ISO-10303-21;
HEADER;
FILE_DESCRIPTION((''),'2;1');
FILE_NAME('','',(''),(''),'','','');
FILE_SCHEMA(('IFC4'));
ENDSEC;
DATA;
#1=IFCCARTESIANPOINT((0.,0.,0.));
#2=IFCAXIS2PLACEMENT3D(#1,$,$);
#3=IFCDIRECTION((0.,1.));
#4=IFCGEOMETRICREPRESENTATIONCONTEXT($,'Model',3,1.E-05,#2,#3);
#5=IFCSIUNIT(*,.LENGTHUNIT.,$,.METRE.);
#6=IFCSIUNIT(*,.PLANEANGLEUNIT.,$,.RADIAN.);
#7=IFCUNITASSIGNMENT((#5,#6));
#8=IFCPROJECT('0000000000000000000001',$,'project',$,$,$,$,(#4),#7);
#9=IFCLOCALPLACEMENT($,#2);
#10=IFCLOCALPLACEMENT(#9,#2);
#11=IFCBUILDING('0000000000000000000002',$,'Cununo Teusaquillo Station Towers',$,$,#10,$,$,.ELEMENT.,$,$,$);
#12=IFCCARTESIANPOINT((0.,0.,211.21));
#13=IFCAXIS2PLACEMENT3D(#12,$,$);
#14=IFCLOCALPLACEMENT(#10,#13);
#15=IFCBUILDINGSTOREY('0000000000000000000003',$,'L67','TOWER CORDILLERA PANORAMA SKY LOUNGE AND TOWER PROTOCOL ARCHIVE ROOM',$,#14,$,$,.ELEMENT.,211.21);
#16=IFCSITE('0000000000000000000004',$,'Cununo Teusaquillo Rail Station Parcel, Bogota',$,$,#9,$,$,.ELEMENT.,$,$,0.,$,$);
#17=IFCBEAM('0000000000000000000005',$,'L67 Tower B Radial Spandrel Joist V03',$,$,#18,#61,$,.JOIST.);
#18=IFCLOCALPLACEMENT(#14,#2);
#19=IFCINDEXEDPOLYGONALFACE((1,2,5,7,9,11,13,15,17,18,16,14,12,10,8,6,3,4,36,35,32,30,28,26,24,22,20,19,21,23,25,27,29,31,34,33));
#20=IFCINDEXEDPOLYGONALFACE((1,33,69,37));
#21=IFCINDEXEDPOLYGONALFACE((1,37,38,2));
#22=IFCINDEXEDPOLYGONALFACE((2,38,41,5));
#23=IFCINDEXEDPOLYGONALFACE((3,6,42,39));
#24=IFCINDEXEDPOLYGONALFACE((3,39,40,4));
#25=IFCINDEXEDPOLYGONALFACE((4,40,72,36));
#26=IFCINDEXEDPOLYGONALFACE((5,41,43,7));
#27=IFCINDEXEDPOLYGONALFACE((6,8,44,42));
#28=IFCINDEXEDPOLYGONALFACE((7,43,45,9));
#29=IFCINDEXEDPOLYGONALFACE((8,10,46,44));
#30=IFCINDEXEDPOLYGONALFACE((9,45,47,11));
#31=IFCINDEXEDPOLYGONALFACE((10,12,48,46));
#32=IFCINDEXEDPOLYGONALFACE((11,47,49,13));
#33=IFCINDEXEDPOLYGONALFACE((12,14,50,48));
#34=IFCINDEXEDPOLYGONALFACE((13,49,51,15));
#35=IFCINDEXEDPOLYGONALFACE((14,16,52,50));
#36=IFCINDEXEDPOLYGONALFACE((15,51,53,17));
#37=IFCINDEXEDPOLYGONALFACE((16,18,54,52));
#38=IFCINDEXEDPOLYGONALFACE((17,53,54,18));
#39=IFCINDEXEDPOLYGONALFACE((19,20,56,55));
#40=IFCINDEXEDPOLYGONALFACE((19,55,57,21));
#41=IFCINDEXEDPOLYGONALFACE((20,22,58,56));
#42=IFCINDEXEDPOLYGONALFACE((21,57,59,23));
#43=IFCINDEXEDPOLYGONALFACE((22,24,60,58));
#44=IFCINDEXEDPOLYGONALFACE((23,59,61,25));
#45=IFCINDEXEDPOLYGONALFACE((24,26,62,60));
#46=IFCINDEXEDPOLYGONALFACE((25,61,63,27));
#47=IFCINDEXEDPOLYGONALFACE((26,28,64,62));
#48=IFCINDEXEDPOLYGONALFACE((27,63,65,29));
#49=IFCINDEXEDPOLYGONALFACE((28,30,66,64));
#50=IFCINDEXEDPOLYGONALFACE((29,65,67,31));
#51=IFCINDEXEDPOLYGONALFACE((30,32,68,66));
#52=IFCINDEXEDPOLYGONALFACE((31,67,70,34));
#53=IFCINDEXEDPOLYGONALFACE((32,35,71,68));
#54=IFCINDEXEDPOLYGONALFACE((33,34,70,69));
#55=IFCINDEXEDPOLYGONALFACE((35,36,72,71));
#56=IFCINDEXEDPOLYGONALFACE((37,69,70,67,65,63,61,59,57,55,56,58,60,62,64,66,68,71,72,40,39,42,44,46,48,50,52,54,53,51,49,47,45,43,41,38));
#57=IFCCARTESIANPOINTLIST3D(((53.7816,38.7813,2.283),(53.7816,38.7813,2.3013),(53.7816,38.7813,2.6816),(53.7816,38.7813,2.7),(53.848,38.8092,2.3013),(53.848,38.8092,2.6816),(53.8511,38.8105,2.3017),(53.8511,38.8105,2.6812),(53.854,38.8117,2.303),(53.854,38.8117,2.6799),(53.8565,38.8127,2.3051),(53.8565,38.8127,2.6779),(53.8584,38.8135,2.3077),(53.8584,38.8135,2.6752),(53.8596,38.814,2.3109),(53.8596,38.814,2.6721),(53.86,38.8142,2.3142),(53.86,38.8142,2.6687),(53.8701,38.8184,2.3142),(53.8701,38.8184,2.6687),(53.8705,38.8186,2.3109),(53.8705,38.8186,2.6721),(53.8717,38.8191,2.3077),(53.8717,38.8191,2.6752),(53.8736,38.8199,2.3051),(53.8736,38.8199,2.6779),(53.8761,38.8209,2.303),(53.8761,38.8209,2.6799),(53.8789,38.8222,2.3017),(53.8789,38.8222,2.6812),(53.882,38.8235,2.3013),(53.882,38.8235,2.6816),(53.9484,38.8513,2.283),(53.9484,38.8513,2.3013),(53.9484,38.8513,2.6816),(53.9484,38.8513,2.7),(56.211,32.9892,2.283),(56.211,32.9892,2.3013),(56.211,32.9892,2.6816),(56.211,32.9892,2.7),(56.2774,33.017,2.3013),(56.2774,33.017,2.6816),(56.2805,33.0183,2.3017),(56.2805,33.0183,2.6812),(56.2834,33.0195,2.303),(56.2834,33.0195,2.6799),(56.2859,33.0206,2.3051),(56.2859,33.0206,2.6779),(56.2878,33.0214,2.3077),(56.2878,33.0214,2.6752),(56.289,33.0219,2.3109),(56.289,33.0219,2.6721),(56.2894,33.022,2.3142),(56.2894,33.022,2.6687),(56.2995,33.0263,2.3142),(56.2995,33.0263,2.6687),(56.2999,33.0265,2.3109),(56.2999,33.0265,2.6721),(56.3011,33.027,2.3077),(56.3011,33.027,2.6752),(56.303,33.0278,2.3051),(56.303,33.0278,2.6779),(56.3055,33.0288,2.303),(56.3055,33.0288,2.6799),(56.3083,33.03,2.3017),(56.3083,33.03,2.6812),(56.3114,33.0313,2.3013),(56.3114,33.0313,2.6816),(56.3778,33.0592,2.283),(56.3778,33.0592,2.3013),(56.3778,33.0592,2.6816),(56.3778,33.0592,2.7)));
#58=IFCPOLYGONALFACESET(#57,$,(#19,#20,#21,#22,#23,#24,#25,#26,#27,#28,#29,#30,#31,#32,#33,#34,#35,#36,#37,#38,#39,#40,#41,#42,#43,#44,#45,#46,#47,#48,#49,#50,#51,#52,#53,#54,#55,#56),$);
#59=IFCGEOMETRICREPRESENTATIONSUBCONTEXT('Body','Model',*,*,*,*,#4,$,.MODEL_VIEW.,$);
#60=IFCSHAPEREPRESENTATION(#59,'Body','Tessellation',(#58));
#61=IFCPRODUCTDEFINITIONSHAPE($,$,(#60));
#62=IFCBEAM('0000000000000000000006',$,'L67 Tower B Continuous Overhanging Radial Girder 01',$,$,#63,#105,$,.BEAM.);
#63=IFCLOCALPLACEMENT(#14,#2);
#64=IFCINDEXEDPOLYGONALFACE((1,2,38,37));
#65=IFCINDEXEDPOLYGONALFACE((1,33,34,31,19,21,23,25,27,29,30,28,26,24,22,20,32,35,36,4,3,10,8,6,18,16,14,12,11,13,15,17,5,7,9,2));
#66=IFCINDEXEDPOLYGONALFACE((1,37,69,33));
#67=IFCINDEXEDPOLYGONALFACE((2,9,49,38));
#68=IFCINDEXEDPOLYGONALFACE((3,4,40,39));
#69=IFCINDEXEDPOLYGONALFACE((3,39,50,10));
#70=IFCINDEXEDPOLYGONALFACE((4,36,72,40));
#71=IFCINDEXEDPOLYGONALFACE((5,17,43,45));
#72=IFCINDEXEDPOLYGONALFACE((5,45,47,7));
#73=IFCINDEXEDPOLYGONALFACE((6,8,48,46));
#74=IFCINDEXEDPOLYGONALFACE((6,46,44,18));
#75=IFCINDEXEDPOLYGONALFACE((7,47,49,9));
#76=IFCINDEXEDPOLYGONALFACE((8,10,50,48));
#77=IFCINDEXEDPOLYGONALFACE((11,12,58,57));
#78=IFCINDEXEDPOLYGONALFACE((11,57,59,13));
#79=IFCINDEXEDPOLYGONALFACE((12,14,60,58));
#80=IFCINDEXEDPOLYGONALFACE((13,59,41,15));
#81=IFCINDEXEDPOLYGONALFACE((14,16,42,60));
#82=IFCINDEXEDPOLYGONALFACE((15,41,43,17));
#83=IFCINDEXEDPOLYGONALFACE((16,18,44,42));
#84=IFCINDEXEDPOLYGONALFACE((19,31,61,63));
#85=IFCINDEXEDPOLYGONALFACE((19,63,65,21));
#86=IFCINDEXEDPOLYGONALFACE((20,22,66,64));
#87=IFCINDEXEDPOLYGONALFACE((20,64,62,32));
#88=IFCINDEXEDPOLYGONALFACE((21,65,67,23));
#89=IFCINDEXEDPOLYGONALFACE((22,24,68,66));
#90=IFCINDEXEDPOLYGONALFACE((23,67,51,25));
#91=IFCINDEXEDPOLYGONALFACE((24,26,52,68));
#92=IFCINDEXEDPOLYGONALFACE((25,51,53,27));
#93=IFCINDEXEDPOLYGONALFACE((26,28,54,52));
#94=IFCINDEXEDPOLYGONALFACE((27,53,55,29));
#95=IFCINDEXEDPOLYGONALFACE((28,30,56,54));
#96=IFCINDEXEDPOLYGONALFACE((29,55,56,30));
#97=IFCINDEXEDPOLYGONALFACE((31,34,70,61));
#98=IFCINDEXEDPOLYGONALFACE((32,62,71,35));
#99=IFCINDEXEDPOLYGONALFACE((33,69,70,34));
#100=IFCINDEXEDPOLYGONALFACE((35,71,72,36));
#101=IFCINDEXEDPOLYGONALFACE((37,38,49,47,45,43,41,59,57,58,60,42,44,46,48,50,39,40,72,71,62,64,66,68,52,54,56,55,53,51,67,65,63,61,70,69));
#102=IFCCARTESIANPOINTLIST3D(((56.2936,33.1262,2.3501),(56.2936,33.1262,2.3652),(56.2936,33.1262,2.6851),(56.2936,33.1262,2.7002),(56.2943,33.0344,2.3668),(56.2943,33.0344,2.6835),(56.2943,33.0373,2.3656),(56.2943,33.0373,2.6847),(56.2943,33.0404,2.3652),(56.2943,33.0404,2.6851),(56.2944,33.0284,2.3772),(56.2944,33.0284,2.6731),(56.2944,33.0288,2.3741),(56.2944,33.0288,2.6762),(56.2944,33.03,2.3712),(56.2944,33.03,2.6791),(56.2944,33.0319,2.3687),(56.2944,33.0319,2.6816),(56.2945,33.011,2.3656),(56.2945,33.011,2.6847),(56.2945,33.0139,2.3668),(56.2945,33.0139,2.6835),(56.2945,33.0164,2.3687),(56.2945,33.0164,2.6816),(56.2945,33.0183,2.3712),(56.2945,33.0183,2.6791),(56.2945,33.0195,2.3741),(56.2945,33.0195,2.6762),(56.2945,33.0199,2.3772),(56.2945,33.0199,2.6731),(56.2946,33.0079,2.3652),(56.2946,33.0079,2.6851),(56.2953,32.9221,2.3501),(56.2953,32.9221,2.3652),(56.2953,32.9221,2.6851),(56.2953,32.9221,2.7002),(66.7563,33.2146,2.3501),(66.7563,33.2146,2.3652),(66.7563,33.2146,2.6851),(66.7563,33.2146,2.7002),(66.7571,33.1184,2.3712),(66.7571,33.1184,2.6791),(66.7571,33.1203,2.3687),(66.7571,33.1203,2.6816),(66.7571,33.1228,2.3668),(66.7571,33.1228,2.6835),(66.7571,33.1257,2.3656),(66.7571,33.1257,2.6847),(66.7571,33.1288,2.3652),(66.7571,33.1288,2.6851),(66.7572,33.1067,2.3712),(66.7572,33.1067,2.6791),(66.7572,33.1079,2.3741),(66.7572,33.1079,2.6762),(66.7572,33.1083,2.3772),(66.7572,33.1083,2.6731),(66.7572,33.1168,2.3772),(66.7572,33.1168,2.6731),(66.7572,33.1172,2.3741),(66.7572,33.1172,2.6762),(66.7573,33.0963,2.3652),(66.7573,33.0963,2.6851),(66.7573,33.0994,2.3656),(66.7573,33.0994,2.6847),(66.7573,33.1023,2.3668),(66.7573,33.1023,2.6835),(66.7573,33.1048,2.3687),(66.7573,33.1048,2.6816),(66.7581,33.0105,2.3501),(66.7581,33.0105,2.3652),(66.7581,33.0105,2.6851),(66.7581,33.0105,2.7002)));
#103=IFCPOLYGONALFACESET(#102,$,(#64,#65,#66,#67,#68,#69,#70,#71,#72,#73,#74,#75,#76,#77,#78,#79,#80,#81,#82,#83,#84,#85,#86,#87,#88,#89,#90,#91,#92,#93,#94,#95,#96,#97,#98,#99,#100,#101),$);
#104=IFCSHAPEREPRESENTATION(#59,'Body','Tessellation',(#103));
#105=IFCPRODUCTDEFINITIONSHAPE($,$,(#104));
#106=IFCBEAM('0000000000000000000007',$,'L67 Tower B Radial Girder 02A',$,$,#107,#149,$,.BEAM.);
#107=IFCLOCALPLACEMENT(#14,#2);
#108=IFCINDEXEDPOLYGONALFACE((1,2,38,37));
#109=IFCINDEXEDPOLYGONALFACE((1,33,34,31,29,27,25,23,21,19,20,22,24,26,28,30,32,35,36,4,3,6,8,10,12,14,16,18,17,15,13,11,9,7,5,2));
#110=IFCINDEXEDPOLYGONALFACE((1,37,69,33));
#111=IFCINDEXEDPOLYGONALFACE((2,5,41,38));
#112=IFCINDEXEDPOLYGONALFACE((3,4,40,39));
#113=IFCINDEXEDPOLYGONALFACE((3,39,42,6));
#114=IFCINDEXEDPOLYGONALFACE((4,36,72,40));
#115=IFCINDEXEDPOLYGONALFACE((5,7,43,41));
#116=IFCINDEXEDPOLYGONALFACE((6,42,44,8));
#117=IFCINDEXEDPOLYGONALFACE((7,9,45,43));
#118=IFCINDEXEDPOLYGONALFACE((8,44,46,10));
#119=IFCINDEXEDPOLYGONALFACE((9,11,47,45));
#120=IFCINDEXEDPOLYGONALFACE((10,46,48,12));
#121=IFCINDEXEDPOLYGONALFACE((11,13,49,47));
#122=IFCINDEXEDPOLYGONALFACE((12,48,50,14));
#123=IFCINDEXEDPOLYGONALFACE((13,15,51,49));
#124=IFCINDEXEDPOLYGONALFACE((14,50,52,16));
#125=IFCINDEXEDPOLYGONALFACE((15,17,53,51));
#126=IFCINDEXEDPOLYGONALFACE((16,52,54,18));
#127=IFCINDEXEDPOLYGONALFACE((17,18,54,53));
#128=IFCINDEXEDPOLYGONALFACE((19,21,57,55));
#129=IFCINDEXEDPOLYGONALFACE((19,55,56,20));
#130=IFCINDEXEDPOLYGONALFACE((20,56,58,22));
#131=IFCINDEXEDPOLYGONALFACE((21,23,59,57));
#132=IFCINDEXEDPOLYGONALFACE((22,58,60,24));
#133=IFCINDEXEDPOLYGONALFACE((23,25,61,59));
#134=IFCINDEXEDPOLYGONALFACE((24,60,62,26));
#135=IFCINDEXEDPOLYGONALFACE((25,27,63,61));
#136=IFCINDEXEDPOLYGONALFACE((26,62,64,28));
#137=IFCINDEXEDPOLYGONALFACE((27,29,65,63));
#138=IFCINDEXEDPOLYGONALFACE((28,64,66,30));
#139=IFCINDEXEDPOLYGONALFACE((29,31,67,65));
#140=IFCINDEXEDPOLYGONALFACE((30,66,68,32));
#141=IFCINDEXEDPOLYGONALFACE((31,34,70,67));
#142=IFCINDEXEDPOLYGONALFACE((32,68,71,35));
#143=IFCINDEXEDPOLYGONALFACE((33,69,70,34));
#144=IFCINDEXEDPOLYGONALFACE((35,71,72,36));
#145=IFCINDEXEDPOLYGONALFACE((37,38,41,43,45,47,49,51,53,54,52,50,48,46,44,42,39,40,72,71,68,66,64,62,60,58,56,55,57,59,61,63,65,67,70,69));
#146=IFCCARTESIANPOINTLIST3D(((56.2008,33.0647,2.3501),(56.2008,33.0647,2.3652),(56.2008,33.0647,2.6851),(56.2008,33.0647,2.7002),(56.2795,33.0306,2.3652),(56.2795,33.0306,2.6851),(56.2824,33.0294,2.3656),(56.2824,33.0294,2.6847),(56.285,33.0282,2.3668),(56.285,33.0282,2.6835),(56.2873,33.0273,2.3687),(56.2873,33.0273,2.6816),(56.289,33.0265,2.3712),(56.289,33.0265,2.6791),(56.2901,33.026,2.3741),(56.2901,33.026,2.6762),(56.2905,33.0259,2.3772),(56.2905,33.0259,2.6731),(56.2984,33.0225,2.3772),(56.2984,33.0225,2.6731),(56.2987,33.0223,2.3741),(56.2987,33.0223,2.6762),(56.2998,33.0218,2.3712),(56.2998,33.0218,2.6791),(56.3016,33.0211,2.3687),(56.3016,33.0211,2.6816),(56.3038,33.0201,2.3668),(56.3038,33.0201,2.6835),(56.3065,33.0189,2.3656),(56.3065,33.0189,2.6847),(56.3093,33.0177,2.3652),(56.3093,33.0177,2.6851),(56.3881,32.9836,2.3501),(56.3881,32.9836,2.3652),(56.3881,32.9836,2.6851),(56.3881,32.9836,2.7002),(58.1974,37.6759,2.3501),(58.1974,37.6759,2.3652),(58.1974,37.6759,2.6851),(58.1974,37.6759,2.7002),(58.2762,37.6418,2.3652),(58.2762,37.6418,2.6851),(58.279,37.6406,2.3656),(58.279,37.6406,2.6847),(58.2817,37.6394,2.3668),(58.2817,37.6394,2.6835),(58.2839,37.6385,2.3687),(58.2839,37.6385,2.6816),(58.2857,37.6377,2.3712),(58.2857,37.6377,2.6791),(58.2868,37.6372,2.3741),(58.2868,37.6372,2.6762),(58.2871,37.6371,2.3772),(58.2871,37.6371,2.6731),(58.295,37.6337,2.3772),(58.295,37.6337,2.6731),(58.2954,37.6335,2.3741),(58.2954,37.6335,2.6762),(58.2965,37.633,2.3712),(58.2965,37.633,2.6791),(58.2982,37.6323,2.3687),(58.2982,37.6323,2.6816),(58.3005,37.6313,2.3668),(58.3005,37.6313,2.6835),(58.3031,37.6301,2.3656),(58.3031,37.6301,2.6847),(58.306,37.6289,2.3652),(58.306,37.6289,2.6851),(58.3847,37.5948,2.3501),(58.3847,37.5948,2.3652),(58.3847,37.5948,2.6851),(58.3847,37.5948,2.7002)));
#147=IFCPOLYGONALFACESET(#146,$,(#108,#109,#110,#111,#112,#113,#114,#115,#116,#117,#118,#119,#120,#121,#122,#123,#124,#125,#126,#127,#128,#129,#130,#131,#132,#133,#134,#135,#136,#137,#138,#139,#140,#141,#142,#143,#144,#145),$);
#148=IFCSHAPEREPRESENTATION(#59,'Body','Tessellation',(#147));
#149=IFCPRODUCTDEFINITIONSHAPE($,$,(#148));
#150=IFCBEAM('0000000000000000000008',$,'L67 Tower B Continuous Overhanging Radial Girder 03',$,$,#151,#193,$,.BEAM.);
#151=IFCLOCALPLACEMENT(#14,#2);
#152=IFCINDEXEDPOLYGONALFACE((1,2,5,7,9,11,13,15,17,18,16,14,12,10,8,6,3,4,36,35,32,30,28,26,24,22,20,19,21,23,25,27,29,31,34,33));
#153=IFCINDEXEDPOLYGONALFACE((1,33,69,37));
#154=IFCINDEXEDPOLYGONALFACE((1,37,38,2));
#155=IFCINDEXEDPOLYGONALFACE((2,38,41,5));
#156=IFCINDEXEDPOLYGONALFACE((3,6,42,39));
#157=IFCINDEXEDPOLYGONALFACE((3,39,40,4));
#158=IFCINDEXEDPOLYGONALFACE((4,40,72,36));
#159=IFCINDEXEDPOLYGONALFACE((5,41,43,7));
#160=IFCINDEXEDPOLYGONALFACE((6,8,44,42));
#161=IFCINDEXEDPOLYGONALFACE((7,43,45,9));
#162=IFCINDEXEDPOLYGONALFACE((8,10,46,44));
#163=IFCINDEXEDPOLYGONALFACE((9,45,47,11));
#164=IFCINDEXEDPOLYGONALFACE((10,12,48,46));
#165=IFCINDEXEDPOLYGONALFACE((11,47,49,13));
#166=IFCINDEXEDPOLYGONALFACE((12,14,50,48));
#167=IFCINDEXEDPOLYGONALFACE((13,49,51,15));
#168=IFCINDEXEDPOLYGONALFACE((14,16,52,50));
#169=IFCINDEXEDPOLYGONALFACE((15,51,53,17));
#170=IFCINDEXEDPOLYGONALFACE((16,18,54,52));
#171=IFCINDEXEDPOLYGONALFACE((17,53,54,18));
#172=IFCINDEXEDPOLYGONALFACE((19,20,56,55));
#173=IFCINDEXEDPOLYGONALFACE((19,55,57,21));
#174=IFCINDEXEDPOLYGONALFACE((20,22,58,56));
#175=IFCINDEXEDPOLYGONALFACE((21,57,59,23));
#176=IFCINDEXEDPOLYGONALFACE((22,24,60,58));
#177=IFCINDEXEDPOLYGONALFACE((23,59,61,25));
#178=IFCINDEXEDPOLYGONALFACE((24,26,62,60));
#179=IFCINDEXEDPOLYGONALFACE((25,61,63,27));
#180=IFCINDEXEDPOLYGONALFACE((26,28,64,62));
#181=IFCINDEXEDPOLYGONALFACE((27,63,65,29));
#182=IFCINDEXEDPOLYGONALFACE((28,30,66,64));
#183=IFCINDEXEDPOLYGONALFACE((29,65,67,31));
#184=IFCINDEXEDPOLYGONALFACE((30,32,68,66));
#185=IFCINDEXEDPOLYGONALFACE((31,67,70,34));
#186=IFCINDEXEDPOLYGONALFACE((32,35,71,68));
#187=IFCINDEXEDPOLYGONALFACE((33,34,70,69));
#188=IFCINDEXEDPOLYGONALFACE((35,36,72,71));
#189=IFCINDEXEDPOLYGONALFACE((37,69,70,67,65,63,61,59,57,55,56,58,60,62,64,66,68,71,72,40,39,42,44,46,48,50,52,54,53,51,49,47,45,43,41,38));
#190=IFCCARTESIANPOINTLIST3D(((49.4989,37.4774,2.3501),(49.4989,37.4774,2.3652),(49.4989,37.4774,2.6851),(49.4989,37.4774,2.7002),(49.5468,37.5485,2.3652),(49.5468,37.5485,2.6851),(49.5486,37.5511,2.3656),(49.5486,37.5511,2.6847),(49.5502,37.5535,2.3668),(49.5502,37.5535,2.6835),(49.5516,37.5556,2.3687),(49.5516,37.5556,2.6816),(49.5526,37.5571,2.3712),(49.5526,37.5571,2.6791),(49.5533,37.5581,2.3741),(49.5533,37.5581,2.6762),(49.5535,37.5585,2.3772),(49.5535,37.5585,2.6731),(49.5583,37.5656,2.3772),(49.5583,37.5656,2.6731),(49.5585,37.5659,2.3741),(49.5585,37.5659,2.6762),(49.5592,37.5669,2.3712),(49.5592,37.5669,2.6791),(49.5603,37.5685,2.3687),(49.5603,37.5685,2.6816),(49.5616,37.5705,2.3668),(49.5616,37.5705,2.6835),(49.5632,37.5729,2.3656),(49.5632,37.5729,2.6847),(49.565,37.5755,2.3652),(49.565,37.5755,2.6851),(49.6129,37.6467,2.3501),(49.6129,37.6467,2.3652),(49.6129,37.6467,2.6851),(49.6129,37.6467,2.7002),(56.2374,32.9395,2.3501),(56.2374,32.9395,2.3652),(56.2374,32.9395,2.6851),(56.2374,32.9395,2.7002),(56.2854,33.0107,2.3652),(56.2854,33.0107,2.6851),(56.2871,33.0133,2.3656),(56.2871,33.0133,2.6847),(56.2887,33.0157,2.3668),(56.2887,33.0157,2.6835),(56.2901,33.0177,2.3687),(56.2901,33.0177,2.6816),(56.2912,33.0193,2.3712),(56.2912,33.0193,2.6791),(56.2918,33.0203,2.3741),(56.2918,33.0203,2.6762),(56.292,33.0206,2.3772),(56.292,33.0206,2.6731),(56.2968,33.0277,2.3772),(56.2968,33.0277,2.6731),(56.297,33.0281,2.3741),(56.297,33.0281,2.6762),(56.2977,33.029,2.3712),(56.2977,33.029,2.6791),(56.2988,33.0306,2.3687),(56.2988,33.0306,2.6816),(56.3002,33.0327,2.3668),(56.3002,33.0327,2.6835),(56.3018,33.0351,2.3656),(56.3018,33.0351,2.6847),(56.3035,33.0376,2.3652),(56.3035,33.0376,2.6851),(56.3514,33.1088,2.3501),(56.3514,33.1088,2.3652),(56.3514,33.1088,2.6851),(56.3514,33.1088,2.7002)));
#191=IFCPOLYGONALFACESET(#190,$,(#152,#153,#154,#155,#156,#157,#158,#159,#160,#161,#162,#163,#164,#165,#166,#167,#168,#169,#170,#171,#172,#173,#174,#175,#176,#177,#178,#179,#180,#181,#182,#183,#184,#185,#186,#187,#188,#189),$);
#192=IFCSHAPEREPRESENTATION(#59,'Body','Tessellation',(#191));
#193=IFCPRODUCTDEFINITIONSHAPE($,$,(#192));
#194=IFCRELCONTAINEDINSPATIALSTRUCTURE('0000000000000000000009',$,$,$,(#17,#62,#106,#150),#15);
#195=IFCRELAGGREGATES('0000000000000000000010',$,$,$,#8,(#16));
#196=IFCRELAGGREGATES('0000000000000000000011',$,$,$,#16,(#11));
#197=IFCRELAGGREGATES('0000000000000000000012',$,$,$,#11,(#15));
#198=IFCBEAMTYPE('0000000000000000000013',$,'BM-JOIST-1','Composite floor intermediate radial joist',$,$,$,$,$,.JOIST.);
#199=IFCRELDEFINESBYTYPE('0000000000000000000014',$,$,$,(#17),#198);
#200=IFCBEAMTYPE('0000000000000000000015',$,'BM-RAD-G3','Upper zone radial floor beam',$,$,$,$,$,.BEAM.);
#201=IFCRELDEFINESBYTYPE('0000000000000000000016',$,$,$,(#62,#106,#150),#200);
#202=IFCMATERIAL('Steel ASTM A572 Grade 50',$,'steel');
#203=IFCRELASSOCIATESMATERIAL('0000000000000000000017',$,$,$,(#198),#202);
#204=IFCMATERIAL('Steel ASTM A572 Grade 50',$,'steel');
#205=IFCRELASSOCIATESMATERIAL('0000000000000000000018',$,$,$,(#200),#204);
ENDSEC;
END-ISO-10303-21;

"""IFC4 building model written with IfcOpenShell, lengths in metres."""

from ifc_helpers import new_model, si_unit, direction, frame, origin, origin_2d, place, context, subcontext, project, spatial, i_section, extrude, material, material_profile, profile_set, type_object, element, save


model = new_model("IFC4")

# Units and contexts
model_context = context("Model", 3, precision=1e-05, world=origin(), true_north=direction((0.0, 1.0)))
body_context = subcontext(model_context, "Body", "Model", "MODEL_VIEW")
ifc_project = project(units=[si_unit("LENGTHUNIT", "METRE"), si_unit("PLANEANGLEUNIT", "RADIAN")], contexts=[model_context])

# Site, building, storey
site_placement = place(None, origin())
site = spatial("IfcSite", under=ifc_project, at=site_placement, Name="Cununo Teusaquillo Rail Station Parcel, Bogota", CompositionType="ELEMENT", RefElevation=0.0)
building_placement = place(site_placement, origin())
building = spatial("IfcBuilding", under=site, at=building_placement, Name="Cununo Teusaquillo Station Towers", CompositionType="ELEMENT")
storey_placement = place(building_placement, frame((0.0, 0.0, 211.21)))
storey = spatial("IfcBuildingStorey", under=building, at=storey_placement, Name="L67", Description="TOWER CORDILLERA PANORAMA SKY LOUNGE AND TOWER PROTOCOL ARCHIVE ROOM", CompositionType="ELEMENT", Elevation=211.21)

# Beams
ifc_material_1 = material(Name="Steel ASTM A572 Grade 50", Category="steel")
ifc_material_profile_1 = material_profile(ifc_material_1, i_section(OverallWidth=0.1809, OverallDepth=0.417, WebThickness=0.011, FlangeThickness=0.0183, FilletRadius=0.0129, at=origin_2d()), Name="W16X57")
ifc_profile_set_1 = profile_set([ifc_material_profile_1], Name="Steel ASTM A572 Grade 50")
beam_type_1 = type_object("IfcBeamType", Name="BM-JOIST-1", Description="Composite floor intermediate radial joist", PredefinedType="JOIST", material=ifc_profile_set_1)
beam_1_placement = place(storey_placement, frame((56.2944, 33.0242, 2.4915), z_axis=(-0.386786, 0.922169, 0.0), x_axis=(-0.922169, -0.386786, 0.0)))
element("IfcBeam", 1, at=beam_1_placement, inside=storey, type_object=beam_type_1, Name="L67 Tower B Radial Spandrel Joist V03", PredefinedType="JOIST", context=body_context, shape_type="SweptSolid", body=[
    extrude(i_section(OverallWidth=0.1809, OverallDepth=0.417, WebThickness=0.011, FlangeThickness=0.0183, FilletRadius=0.0129, at=origin_2d()), origin(), (0.0, 0.0, 1.0), 6.281),
])
ifc_material_2 = material(Name="Steel ASTM A572 Grade 50", Category="steel")
ifc_material_profile_2 = material_profile(ifc_material_2, i_section(OverallWidth=0.2041, OverallDepth=0.3501, WebThickness=0.0085, FlangeThickness=0.0151, FilletRadius=0.012, at=origin_2d()), Name="W14X48")
ifc_profile_set_2 = profile_set([ifc_material_profile_2], Name="Steel ASTM A572 Grade 50")
beam_type_2 = type_object("IfcBeamType", Name="BM-RAD-G3", Description="Upper zone radial floor beam", PredefinedType="BEAM", material=ifc_profile_set_2)
beam_2_placement = place(storey_placement, frame((56.2944, 33.0242, 2.5251), z_axis=(0.999964, 0.008447, 0.0), x_axis=(-0.008447, 0.999964, 0.0)))
element("IfcBeam", 2, at=beam_2_placement, inside=storey, type_object=beam_type_2, Name="L67 Tower B Continuous Overhanging Radial Girder 01", PredefinedType="BEAM", context=body_context, shape_type="SweptSolid", body=[
    extrude(i_section(OverallWidth=0.2041, OverallDepth=0.3501, WebThickness=0.0085, FlangeThickness=0.0151, FilletRadius=0.012, at=origin_2d()), origin(), (0.0, 0.0, 1.0), 10.4631),
])
beam_3_placement = place(storey_placement, frame((56.2944, 33.0242, 2.5251), z_axis=(0.397347, 0.917668, 0.0), x_axis=(-0.917668, 0.397347, 0.0)))
element("IfcBeam", 3, at=beam_3_placement, inside=storey, type_object=beam_type_2, Name="L67 Tower B Radial Girder 02A", PredefinedType="BEAM", context=body_context, shape_type="SweptSolid", body=[
    extrude(i_section(OverallWidth=0.2041, OverallDepth=0.3501, WebThickness=0.0085, FlangeThickness=0.0151, FilletRadius=0.012, at=origin_2d()), origin(), (0.0, 0.0, 1.0), 5.0249),
])
beam_4_placement = place(storey_placement, frame((56.2944, 33.0242, 2.5251), z_axis=(-0.829457, 0.558571, 0.0), x_axis=(-0.558571, -0.829457, 0.0)))
element("IfcBeam", 4, at=beam_4_placement, inside=storey, type_object=beam_type_2, Name="L67 Tower B Continuous Overhanging Radial Girder 03", PredefinedType="BEAM", context=body_context, shape_type="SweptSolid", body=[
    extrude(i_section(OverallWidth=0.2041, OverallDepth=0.3501, WebThickness=0.0085, FlangeThickness=0.0151, FilletRadius=0.012, at=origin_2d()), origin(), (0.0, 0.0, 1.0), 8.124),
])

save(model, "model.ifc")
